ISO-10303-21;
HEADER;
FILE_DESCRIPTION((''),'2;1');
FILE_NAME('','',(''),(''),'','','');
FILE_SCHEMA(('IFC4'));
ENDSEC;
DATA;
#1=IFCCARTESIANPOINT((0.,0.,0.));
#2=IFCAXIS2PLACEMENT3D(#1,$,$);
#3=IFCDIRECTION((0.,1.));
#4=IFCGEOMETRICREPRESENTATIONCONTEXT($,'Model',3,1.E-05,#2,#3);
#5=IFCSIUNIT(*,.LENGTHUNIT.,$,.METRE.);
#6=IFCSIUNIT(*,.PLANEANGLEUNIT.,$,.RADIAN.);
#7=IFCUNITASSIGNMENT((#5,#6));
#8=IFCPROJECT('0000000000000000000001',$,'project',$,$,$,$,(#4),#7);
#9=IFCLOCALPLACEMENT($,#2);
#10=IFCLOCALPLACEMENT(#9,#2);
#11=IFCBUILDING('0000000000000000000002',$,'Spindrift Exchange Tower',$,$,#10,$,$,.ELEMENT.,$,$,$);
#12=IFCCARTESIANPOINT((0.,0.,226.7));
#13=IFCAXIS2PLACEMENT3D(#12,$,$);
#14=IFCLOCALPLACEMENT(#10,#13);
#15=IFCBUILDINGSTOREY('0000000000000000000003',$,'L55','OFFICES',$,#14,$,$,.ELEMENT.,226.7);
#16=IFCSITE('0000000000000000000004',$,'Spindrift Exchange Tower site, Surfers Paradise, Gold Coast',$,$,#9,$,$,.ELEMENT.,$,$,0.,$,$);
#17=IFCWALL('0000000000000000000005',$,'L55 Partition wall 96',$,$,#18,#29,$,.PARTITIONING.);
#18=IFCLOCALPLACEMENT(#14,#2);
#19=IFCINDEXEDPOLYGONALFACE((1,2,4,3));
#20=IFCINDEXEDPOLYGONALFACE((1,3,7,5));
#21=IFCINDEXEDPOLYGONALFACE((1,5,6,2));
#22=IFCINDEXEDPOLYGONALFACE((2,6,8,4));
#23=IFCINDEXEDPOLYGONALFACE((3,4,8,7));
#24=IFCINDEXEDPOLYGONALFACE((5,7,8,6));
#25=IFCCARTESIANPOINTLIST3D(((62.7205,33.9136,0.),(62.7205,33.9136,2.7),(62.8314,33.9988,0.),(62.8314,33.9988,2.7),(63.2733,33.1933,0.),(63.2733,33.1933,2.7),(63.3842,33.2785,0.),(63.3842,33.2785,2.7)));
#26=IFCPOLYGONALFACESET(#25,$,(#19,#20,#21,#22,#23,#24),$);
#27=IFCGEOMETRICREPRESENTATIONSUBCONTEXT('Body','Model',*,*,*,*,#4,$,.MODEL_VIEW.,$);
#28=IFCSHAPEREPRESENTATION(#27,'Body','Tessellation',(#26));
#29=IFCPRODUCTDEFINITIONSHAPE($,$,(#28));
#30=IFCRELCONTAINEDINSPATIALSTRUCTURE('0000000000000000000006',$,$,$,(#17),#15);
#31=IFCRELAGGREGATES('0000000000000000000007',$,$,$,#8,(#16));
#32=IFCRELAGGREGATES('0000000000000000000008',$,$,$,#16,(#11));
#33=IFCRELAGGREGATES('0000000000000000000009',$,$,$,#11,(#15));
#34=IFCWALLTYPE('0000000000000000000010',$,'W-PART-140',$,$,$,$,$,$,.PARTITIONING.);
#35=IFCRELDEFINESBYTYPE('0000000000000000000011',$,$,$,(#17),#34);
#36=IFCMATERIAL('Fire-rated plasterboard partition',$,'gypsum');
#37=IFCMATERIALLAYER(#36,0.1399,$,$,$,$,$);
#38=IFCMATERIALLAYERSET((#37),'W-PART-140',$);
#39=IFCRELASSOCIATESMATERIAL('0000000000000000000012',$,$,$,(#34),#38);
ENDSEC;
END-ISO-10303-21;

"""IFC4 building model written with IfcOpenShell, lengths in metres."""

from ifc_helpers import new_model, si_unit, direction, frame, frame_2d, origin, place, context, subcontext, project, spatial, rectangle, extrude, material, layer, layer_set, type_object, element, save


model = new_model("IFC4")

# Units and contexts
model_context = context("Model", 3, precision=1e-05, world=origin(), true_north=direction((0.0, 1.0)))
body_context = subcontext(model_context, "Body", "Model", "MODEL_VIEW")
ifc_project = project(units=[si_unit("LENGTHUNIT", "METRE"), si_unit("PLANEANGLEUNIT", "RADIAN")], contexts=[model_context])

# Site, building, storey
site_placement = place(None, origin())
site = spatial("IfcSite", under=ifc_project, at=site_placement, Name="Spindrift Exchange Tower site, Surfers Paradise, Gold Coast", CompositionType="ELEMENT", RefElevation=0.0)
building_placement = place(site_placement, origin())
building = spatial("IfcBuilding", under=site, at=building_placement, Name="Spindrift Exchange Tower", CompositionType="ELEMENT")
storey_placement = place(building_placement, frame((0.0, 0.0, 226.7)))
storey = spatial("IfcBuildingStorey", under=building, at=storey_placement, Name="L55", Description="OFFICES", CompositionType="ELEMENT", Elevation=226.7)

# Shared definitions
ifc_material_1 = material(Name="Fire-rated plasterboard partition", Category="gypsum")

# Shared definitions
ifc_layer_1 = layer(ifc_material_1, 0.1399)
ifc_layer_set_1 = layer_set([ifc_layer_1], Name="W-PART-140")
wall_type_1 = type_object("IfcWallType", Name="W-PART-140", PredefinedType="PARTITIONING", material=ifc_layer_set_1)

# Wall
wall_1_placement = place(storey_placement, frame((62.7759, 33.9563, 0.0), z_axis=(0.0, 0.0, 1.0), x_axis=(0.608827, -0.793303, 0.0)))
element("IfcWall", 1, at=wall_1_placement, inside=storey, type_object=wall_type_1, Name="L55 Partition wall 96", PredefinedType="PARTITIONING", context=body_context, shape_type="SweptSolid", body=[
    extrude(rectangle(XDim=0.908, YDim=0.1399, at=frame_2d((0.4541, 0.0))), origin(), (0.0, 0.0, 1.0), 2.7),
])

save(model, "model.ifc")
